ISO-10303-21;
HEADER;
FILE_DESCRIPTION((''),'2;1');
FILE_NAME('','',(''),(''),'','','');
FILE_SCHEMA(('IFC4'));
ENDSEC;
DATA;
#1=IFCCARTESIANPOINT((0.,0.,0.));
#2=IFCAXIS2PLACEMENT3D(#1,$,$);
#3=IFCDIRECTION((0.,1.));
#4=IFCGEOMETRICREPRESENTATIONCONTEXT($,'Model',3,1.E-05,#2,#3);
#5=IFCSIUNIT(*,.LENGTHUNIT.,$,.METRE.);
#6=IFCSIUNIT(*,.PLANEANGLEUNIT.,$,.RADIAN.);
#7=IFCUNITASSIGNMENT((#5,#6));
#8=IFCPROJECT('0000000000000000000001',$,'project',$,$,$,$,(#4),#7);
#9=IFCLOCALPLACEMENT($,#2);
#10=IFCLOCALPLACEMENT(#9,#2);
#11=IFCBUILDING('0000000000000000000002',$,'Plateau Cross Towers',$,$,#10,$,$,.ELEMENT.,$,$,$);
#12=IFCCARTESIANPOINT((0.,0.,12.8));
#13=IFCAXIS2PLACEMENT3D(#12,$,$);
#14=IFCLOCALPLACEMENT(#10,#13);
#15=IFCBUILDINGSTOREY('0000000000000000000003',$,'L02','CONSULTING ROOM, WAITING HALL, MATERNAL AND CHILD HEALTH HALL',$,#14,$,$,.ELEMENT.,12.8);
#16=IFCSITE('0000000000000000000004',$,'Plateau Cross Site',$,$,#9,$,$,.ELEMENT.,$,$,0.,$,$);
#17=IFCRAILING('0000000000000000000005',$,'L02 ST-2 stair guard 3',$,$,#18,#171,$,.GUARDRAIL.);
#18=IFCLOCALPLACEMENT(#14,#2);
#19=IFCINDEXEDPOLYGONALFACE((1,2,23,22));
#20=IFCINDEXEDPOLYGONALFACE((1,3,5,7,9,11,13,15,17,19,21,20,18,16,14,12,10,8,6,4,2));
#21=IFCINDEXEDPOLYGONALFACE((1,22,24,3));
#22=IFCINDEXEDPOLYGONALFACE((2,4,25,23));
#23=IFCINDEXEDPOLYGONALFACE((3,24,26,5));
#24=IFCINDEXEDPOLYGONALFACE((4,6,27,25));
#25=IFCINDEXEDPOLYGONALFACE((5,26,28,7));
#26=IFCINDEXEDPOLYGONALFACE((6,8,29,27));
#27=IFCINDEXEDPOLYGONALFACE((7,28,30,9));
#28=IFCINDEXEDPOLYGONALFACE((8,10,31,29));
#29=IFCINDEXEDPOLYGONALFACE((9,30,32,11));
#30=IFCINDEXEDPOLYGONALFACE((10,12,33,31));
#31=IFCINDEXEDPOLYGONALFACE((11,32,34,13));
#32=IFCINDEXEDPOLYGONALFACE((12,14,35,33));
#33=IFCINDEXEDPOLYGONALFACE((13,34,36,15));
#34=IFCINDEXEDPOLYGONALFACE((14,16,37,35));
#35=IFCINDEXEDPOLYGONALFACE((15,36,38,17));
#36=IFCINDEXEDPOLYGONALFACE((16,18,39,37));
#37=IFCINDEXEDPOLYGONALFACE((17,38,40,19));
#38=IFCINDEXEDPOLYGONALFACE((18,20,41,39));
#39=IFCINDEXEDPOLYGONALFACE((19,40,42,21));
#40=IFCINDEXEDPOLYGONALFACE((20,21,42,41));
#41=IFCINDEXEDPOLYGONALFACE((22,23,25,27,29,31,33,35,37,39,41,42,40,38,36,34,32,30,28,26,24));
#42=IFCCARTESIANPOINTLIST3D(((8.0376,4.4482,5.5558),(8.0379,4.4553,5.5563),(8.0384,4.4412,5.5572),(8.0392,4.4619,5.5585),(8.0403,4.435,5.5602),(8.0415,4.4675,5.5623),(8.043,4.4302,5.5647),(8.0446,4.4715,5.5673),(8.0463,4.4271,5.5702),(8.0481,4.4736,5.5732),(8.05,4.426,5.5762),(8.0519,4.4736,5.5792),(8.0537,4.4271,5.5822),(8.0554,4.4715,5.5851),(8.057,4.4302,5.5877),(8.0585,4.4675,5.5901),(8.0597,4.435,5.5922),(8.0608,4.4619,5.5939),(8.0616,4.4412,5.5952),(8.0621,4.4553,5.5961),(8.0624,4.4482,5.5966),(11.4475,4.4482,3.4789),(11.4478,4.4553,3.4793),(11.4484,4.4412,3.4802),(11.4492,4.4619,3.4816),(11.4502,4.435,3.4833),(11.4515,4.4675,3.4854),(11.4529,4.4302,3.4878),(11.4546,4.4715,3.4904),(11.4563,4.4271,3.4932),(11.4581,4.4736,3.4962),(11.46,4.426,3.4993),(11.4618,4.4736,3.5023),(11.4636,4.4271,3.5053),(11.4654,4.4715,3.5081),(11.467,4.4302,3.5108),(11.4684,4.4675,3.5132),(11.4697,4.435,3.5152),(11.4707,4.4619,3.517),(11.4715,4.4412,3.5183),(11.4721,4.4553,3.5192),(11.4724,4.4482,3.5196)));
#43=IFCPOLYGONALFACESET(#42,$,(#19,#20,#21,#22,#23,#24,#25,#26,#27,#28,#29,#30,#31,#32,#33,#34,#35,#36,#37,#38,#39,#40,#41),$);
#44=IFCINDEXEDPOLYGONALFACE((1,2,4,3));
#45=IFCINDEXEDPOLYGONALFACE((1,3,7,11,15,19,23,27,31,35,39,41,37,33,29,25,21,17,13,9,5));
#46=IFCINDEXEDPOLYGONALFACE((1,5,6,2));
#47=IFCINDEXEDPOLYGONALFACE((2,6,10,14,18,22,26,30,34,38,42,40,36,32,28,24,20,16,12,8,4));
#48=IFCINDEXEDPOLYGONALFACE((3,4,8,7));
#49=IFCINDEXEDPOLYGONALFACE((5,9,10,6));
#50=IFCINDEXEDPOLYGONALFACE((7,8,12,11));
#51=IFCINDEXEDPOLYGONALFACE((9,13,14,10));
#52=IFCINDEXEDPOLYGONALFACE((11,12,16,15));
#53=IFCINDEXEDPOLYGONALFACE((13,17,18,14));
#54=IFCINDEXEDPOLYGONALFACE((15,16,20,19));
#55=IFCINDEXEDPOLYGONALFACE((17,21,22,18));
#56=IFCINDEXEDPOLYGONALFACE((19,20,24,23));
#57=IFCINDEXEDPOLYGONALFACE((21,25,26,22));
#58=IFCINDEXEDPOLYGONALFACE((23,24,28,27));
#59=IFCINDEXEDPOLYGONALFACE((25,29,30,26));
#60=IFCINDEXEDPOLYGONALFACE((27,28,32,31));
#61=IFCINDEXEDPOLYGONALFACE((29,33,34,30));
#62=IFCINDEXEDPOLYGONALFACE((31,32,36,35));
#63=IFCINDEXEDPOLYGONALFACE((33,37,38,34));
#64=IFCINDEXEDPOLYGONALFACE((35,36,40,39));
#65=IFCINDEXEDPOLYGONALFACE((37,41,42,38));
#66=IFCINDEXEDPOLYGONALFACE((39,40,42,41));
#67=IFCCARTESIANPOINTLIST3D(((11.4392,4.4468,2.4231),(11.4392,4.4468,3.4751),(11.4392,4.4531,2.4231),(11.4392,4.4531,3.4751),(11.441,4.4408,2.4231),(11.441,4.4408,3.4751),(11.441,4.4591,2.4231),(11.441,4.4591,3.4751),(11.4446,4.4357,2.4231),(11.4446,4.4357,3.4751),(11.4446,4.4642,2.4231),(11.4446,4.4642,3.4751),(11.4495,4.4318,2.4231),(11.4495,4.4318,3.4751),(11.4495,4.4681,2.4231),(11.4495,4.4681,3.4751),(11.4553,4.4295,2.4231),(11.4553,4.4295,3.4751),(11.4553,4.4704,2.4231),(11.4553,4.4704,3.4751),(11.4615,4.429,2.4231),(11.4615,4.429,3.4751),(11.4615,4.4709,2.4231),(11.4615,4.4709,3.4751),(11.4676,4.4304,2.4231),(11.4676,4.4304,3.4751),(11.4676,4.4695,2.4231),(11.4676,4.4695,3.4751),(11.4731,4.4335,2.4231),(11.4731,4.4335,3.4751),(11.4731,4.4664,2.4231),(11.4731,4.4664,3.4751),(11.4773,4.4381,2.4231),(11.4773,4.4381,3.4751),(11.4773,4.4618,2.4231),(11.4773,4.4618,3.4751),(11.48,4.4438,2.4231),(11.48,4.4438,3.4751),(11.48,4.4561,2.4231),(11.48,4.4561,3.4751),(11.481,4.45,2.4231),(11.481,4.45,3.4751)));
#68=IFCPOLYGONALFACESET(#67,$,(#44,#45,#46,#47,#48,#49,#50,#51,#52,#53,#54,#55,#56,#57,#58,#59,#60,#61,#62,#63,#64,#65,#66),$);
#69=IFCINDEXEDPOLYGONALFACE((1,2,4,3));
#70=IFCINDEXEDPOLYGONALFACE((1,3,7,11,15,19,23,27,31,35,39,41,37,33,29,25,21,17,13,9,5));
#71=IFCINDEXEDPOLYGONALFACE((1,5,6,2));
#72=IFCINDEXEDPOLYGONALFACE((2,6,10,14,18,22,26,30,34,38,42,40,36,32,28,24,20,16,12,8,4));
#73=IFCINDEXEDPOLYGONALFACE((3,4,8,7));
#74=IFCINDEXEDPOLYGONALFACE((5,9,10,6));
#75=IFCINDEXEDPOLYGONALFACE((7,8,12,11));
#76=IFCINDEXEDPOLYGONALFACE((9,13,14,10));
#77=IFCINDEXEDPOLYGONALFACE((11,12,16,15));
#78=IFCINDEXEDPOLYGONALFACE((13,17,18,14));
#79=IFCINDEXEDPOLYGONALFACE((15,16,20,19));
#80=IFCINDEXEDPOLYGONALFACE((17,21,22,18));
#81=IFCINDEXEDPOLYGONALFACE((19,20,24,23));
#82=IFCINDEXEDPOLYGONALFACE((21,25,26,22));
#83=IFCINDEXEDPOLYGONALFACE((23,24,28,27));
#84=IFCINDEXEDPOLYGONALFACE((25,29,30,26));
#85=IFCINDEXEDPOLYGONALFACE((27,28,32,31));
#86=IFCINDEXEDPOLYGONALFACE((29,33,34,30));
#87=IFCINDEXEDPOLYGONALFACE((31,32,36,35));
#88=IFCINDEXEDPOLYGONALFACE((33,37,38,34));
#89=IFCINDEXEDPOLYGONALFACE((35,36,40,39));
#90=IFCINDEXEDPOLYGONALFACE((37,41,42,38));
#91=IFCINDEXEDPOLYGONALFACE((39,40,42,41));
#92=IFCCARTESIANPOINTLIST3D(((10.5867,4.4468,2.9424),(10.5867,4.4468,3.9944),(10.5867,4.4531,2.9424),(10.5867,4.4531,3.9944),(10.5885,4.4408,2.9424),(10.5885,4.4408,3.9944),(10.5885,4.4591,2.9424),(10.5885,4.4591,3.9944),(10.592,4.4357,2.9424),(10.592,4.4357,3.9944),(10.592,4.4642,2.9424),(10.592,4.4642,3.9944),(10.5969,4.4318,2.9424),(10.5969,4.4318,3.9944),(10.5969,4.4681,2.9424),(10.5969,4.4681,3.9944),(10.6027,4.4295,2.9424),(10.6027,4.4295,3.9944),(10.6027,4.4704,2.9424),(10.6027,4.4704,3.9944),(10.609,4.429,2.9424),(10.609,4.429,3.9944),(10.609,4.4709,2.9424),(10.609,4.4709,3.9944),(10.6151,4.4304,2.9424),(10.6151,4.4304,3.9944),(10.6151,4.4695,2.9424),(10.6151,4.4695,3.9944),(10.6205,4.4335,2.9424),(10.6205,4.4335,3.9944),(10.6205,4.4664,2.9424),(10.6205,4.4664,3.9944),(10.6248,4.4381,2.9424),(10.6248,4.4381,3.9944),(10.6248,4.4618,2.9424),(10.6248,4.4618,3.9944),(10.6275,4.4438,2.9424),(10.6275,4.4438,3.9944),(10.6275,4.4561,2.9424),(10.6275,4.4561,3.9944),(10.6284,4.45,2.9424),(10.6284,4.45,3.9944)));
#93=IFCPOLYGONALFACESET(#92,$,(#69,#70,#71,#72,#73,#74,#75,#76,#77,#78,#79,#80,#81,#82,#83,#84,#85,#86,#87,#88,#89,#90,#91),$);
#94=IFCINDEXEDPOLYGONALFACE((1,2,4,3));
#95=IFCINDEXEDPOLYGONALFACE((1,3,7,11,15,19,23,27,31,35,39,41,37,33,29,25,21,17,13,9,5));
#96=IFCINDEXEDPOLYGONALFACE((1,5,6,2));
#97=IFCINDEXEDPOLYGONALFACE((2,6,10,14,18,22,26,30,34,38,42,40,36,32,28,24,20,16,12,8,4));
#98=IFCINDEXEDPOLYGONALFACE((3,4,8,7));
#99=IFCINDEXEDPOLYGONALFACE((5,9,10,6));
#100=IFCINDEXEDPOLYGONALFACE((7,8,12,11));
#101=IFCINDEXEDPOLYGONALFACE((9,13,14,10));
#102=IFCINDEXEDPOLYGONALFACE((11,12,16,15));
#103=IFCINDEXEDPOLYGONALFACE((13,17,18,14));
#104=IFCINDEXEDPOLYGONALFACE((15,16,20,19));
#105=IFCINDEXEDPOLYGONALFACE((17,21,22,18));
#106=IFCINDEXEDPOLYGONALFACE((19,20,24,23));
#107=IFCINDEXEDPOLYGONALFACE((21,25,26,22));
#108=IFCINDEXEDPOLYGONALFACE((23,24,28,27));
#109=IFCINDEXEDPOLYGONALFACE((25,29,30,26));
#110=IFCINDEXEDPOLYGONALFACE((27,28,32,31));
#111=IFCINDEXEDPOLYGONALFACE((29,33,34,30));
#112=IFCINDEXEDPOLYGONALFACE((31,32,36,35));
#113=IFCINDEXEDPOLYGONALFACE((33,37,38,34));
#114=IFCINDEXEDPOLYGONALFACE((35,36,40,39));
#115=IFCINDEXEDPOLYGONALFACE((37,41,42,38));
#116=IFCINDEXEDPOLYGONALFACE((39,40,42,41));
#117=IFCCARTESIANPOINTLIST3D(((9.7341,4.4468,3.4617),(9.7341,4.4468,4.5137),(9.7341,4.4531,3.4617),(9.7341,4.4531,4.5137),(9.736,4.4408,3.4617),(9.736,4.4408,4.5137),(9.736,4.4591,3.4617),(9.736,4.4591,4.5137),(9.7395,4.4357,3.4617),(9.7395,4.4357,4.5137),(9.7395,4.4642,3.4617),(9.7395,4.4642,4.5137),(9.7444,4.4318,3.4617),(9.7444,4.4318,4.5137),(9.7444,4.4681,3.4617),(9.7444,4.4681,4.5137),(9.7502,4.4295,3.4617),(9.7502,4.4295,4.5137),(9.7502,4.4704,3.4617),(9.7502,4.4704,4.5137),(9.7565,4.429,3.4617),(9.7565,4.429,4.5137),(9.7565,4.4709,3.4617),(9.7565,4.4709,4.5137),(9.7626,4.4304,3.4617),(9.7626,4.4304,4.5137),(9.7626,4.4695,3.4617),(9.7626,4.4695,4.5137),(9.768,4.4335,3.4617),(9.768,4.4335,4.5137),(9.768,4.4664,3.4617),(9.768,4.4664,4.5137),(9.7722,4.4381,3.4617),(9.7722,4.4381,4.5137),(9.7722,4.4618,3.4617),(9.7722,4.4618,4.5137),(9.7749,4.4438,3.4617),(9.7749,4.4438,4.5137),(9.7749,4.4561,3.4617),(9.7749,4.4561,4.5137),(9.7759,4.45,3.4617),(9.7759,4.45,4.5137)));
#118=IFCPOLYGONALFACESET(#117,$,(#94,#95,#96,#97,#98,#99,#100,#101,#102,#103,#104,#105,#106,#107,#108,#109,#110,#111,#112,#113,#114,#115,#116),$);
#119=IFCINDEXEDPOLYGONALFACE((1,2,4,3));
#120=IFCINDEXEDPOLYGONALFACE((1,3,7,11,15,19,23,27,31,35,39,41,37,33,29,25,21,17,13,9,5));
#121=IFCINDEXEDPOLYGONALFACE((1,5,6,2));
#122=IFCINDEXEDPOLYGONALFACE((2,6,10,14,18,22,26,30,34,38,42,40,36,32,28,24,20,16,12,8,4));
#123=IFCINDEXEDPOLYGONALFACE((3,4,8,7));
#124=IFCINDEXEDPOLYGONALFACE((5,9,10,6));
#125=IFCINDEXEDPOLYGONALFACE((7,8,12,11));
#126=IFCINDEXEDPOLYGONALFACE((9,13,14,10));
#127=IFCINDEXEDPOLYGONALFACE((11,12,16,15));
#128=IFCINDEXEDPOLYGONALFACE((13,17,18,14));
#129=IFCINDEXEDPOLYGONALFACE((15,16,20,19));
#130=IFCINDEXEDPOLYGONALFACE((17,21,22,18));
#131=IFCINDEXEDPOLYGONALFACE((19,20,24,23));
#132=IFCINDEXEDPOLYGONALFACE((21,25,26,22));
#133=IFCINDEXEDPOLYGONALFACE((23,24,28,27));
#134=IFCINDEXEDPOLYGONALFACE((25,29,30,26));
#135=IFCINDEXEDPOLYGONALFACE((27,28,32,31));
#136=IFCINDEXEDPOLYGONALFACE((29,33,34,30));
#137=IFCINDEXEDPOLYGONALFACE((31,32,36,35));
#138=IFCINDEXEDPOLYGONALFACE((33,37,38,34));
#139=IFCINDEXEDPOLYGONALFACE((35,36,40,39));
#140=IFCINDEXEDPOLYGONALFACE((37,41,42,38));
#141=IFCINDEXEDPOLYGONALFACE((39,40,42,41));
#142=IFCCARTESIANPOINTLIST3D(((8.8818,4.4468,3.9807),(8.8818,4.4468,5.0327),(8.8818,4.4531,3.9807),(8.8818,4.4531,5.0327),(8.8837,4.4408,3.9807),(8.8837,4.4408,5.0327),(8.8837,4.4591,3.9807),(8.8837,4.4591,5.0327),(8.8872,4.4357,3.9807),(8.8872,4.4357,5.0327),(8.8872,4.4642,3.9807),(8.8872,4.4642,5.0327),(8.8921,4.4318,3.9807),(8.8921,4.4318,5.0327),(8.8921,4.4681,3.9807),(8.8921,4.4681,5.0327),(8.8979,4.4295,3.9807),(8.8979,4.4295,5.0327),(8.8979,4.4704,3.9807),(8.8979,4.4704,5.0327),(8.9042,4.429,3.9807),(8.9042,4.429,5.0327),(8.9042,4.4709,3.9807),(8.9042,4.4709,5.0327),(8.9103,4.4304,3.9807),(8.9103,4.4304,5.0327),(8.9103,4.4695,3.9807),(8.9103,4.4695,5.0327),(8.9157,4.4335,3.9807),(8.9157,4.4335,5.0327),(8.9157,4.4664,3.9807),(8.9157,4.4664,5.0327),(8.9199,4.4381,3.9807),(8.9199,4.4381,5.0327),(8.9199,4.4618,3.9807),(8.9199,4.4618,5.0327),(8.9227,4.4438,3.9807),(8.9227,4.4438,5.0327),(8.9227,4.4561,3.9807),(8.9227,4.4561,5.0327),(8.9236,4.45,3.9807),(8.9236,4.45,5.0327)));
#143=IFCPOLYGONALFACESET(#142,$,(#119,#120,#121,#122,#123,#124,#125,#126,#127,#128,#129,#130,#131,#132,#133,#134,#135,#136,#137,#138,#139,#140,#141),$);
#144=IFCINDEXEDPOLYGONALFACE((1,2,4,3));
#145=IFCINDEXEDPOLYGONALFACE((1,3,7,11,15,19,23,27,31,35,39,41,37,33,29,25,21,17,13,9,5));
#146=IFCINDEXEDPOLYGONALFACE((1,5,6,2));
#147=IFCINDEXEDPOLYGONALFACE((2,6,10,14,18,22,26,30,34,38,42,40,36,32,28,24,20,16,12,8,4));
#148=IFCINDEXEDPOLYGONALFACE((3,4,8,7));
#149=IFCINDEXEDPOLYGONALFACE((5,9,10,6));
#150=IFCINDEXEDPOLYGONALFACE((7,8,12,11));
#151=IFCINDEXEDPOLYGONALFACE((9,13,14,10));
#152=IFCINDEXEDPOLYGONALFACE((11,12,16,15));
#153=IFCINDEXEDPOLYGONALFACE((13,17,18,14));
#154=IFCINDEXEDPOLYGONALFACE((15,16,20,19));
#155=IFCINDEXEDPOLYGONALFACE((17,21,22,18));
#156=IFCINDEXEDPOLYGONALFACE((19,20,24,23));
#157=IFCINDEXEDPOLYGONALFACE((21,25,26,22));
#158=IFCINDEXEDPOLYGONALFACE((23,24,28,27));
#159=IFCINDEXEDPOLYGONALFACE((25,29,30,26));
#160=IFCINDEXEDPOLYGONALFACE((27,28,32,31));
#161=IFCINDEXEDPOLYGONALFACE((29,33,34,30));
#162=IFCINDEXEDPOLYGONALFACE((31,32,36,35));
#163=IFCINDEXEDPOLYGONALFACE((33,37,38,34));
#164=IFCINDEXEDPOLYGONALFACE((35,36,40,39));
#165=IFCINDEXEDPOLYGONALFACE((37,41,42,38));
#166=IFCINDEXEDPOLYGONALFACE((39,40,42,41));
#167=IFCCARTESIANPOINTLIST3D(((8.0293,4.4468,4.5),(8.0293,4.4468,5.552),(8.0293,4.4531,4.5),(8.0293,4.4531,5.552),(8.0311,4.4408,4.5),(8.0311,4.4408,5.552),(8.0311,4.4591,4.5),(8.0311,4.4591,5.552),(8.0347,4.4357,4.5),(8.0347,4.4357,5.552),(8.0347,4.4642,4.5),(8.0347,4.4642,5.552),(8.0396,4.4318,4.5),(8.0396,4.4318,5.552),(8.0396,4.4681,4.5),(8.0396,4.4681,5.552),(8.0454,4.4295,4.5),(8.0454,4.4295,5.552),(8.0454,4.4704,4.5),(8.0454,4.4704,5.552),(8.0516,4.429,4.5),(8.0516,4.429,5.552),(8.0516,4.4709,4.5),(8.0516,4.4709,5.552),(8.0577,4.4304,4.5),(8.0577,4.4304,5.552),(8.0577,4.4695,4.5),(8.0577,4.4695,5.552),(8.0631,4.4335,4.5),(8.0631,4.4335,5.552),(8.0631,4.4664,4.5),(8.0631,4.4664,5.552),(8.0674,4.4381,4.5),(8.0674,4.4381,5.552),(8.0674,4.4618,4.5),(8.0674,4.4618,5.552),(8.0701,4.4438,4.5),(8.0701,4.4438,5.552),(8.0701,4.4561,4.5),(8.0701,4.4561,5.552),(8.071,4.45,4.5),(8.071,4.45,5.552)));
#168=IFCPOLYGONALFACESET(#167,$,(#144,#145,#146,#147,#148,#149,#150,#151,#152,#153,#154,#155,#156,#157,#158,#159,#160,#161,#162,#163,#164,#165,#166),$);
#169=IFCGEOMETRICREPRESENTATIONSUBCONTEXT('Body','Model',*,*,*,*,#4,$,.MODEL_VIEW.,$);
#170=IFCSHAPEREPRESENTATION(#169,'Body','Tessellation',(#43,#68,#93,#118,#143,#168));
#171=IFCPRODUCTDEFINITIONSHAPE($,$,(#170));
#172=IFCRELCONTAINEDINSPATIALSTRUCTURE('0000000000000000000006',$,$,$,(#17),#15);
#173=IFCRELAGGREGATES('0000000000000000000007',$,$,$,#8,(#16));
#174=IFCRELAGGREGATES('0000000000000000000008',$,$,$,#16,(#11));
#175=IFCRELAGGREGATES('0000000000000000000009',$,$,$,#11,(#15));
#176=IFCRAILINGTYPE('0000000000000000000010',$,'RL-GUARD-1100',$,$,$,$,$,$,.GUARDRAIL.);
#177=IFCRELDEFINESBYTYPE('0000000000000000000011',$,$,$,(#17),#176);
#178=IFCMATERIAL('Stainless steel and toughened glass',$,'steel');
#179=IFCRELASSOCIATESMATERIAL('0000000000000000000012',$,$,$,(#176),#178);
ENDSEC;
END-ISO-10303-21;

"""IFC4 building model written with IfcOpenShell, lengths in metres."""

from ifc_helpers import new_model, si_unit, direction, frame, origin, origin_2d, place, context, subcontext, project, spatial, circle, extrude, material, type_object, element, save


model = new_model("IFC4")

# Units and contexts
model_context = context("Model", 3, precision=1e-05, world=origin(), true_north=direction((0.0, 1.0)))
body_context = subcontext(model_context, "Body", "Model", "MODEL_VIEW")
ifc_project = project(units=[si_unit("LENGTHUNIT", "METRE"), si_unit("PLANEANGLEUNIT", "RADIAN")], contexts=[model_context])

# Site, building, storey
site_placement = place(None, origin())
site = spatial("IfcSite", under=ifc_project, at=site_placement, Name="Plateau Cross Site", CompositionType="ELEMENT", RefElevation=0.0)
building_placement = place(site_placement, origin())
building = spatial("IfcBuilding", under=site, at=building_placement, Name="Plateau Cross Towers", CompositionType="ELEMENT")
storey_placement = place(building_placement, frame((0.0, 0.0, 12.8)))
storey = spatial("IfcBuildingStorey", under=building, at=storey_placement, Name="L02", Description="CONSULTING ROOM, WAITING HALL, MATERNAL AND CHILD HEALTH HALL", CompositionType="ELEMENT", Elevation=12.8)

# Railing
ifc_material_1 = material(Name="Stainless steel and toughened glass", Category="steel")
railing_type_1 = type_object("IfcRailingType", Name="RL-GUARD-1100", PredefinedType="GUARDRAIL", material=ifc_material_1)
railing_1_placement = place(storey_placement, frame((11.46, 4.45, 2.4231)))
element("IfcRailing", 1, at=railing_1_placement, inside=storey, type_object=railing_type_1, Name="L02 ST-2 stair guard 3", PredefinedType="GUARDRAIL", context=body_context, shape_type="SweptSolid", body=[
    extrude(circle(Radius=0.0239, at=origin_2d()), frame((0.0, 0.0, 1.0762), z_axis=(-0.854053, 0.0, 0.520186), x_axis=(0.0, -1.0, 0.0)), (0.0, 0.0, 1.0), 3.9927),
    extrude(circle(Radius=0.021, at=origin_2d()), origin(), (0.0, 0.0, 1.0), 1.052),
    extrude(circle(Radius=0.021, at=origin_2d()), frame((-0.8525, 0.0, 0.5193)), (0.0, 0.0, 1.0), 1.052),
    extrude(circle(Radius=0.021, at=origin_2d()), frame((-1.7051, 0.0, 1.0386)), (0.0, 0.0, 1.0), 1.052),
    extrude(circle(Radius=0.021, at=origin_2d()), frame((-2.5574, 0.0, 1.5576)), (0.0, 0.0, 1.0), 1.052),
    extrude(circle(Radius=0.021, at=origin_2d()), frame((-3.4099, 0.0, 2.0769)), (0.0, 0.0, 1.0), 1.052),
])

save(model, "model.ifc")
